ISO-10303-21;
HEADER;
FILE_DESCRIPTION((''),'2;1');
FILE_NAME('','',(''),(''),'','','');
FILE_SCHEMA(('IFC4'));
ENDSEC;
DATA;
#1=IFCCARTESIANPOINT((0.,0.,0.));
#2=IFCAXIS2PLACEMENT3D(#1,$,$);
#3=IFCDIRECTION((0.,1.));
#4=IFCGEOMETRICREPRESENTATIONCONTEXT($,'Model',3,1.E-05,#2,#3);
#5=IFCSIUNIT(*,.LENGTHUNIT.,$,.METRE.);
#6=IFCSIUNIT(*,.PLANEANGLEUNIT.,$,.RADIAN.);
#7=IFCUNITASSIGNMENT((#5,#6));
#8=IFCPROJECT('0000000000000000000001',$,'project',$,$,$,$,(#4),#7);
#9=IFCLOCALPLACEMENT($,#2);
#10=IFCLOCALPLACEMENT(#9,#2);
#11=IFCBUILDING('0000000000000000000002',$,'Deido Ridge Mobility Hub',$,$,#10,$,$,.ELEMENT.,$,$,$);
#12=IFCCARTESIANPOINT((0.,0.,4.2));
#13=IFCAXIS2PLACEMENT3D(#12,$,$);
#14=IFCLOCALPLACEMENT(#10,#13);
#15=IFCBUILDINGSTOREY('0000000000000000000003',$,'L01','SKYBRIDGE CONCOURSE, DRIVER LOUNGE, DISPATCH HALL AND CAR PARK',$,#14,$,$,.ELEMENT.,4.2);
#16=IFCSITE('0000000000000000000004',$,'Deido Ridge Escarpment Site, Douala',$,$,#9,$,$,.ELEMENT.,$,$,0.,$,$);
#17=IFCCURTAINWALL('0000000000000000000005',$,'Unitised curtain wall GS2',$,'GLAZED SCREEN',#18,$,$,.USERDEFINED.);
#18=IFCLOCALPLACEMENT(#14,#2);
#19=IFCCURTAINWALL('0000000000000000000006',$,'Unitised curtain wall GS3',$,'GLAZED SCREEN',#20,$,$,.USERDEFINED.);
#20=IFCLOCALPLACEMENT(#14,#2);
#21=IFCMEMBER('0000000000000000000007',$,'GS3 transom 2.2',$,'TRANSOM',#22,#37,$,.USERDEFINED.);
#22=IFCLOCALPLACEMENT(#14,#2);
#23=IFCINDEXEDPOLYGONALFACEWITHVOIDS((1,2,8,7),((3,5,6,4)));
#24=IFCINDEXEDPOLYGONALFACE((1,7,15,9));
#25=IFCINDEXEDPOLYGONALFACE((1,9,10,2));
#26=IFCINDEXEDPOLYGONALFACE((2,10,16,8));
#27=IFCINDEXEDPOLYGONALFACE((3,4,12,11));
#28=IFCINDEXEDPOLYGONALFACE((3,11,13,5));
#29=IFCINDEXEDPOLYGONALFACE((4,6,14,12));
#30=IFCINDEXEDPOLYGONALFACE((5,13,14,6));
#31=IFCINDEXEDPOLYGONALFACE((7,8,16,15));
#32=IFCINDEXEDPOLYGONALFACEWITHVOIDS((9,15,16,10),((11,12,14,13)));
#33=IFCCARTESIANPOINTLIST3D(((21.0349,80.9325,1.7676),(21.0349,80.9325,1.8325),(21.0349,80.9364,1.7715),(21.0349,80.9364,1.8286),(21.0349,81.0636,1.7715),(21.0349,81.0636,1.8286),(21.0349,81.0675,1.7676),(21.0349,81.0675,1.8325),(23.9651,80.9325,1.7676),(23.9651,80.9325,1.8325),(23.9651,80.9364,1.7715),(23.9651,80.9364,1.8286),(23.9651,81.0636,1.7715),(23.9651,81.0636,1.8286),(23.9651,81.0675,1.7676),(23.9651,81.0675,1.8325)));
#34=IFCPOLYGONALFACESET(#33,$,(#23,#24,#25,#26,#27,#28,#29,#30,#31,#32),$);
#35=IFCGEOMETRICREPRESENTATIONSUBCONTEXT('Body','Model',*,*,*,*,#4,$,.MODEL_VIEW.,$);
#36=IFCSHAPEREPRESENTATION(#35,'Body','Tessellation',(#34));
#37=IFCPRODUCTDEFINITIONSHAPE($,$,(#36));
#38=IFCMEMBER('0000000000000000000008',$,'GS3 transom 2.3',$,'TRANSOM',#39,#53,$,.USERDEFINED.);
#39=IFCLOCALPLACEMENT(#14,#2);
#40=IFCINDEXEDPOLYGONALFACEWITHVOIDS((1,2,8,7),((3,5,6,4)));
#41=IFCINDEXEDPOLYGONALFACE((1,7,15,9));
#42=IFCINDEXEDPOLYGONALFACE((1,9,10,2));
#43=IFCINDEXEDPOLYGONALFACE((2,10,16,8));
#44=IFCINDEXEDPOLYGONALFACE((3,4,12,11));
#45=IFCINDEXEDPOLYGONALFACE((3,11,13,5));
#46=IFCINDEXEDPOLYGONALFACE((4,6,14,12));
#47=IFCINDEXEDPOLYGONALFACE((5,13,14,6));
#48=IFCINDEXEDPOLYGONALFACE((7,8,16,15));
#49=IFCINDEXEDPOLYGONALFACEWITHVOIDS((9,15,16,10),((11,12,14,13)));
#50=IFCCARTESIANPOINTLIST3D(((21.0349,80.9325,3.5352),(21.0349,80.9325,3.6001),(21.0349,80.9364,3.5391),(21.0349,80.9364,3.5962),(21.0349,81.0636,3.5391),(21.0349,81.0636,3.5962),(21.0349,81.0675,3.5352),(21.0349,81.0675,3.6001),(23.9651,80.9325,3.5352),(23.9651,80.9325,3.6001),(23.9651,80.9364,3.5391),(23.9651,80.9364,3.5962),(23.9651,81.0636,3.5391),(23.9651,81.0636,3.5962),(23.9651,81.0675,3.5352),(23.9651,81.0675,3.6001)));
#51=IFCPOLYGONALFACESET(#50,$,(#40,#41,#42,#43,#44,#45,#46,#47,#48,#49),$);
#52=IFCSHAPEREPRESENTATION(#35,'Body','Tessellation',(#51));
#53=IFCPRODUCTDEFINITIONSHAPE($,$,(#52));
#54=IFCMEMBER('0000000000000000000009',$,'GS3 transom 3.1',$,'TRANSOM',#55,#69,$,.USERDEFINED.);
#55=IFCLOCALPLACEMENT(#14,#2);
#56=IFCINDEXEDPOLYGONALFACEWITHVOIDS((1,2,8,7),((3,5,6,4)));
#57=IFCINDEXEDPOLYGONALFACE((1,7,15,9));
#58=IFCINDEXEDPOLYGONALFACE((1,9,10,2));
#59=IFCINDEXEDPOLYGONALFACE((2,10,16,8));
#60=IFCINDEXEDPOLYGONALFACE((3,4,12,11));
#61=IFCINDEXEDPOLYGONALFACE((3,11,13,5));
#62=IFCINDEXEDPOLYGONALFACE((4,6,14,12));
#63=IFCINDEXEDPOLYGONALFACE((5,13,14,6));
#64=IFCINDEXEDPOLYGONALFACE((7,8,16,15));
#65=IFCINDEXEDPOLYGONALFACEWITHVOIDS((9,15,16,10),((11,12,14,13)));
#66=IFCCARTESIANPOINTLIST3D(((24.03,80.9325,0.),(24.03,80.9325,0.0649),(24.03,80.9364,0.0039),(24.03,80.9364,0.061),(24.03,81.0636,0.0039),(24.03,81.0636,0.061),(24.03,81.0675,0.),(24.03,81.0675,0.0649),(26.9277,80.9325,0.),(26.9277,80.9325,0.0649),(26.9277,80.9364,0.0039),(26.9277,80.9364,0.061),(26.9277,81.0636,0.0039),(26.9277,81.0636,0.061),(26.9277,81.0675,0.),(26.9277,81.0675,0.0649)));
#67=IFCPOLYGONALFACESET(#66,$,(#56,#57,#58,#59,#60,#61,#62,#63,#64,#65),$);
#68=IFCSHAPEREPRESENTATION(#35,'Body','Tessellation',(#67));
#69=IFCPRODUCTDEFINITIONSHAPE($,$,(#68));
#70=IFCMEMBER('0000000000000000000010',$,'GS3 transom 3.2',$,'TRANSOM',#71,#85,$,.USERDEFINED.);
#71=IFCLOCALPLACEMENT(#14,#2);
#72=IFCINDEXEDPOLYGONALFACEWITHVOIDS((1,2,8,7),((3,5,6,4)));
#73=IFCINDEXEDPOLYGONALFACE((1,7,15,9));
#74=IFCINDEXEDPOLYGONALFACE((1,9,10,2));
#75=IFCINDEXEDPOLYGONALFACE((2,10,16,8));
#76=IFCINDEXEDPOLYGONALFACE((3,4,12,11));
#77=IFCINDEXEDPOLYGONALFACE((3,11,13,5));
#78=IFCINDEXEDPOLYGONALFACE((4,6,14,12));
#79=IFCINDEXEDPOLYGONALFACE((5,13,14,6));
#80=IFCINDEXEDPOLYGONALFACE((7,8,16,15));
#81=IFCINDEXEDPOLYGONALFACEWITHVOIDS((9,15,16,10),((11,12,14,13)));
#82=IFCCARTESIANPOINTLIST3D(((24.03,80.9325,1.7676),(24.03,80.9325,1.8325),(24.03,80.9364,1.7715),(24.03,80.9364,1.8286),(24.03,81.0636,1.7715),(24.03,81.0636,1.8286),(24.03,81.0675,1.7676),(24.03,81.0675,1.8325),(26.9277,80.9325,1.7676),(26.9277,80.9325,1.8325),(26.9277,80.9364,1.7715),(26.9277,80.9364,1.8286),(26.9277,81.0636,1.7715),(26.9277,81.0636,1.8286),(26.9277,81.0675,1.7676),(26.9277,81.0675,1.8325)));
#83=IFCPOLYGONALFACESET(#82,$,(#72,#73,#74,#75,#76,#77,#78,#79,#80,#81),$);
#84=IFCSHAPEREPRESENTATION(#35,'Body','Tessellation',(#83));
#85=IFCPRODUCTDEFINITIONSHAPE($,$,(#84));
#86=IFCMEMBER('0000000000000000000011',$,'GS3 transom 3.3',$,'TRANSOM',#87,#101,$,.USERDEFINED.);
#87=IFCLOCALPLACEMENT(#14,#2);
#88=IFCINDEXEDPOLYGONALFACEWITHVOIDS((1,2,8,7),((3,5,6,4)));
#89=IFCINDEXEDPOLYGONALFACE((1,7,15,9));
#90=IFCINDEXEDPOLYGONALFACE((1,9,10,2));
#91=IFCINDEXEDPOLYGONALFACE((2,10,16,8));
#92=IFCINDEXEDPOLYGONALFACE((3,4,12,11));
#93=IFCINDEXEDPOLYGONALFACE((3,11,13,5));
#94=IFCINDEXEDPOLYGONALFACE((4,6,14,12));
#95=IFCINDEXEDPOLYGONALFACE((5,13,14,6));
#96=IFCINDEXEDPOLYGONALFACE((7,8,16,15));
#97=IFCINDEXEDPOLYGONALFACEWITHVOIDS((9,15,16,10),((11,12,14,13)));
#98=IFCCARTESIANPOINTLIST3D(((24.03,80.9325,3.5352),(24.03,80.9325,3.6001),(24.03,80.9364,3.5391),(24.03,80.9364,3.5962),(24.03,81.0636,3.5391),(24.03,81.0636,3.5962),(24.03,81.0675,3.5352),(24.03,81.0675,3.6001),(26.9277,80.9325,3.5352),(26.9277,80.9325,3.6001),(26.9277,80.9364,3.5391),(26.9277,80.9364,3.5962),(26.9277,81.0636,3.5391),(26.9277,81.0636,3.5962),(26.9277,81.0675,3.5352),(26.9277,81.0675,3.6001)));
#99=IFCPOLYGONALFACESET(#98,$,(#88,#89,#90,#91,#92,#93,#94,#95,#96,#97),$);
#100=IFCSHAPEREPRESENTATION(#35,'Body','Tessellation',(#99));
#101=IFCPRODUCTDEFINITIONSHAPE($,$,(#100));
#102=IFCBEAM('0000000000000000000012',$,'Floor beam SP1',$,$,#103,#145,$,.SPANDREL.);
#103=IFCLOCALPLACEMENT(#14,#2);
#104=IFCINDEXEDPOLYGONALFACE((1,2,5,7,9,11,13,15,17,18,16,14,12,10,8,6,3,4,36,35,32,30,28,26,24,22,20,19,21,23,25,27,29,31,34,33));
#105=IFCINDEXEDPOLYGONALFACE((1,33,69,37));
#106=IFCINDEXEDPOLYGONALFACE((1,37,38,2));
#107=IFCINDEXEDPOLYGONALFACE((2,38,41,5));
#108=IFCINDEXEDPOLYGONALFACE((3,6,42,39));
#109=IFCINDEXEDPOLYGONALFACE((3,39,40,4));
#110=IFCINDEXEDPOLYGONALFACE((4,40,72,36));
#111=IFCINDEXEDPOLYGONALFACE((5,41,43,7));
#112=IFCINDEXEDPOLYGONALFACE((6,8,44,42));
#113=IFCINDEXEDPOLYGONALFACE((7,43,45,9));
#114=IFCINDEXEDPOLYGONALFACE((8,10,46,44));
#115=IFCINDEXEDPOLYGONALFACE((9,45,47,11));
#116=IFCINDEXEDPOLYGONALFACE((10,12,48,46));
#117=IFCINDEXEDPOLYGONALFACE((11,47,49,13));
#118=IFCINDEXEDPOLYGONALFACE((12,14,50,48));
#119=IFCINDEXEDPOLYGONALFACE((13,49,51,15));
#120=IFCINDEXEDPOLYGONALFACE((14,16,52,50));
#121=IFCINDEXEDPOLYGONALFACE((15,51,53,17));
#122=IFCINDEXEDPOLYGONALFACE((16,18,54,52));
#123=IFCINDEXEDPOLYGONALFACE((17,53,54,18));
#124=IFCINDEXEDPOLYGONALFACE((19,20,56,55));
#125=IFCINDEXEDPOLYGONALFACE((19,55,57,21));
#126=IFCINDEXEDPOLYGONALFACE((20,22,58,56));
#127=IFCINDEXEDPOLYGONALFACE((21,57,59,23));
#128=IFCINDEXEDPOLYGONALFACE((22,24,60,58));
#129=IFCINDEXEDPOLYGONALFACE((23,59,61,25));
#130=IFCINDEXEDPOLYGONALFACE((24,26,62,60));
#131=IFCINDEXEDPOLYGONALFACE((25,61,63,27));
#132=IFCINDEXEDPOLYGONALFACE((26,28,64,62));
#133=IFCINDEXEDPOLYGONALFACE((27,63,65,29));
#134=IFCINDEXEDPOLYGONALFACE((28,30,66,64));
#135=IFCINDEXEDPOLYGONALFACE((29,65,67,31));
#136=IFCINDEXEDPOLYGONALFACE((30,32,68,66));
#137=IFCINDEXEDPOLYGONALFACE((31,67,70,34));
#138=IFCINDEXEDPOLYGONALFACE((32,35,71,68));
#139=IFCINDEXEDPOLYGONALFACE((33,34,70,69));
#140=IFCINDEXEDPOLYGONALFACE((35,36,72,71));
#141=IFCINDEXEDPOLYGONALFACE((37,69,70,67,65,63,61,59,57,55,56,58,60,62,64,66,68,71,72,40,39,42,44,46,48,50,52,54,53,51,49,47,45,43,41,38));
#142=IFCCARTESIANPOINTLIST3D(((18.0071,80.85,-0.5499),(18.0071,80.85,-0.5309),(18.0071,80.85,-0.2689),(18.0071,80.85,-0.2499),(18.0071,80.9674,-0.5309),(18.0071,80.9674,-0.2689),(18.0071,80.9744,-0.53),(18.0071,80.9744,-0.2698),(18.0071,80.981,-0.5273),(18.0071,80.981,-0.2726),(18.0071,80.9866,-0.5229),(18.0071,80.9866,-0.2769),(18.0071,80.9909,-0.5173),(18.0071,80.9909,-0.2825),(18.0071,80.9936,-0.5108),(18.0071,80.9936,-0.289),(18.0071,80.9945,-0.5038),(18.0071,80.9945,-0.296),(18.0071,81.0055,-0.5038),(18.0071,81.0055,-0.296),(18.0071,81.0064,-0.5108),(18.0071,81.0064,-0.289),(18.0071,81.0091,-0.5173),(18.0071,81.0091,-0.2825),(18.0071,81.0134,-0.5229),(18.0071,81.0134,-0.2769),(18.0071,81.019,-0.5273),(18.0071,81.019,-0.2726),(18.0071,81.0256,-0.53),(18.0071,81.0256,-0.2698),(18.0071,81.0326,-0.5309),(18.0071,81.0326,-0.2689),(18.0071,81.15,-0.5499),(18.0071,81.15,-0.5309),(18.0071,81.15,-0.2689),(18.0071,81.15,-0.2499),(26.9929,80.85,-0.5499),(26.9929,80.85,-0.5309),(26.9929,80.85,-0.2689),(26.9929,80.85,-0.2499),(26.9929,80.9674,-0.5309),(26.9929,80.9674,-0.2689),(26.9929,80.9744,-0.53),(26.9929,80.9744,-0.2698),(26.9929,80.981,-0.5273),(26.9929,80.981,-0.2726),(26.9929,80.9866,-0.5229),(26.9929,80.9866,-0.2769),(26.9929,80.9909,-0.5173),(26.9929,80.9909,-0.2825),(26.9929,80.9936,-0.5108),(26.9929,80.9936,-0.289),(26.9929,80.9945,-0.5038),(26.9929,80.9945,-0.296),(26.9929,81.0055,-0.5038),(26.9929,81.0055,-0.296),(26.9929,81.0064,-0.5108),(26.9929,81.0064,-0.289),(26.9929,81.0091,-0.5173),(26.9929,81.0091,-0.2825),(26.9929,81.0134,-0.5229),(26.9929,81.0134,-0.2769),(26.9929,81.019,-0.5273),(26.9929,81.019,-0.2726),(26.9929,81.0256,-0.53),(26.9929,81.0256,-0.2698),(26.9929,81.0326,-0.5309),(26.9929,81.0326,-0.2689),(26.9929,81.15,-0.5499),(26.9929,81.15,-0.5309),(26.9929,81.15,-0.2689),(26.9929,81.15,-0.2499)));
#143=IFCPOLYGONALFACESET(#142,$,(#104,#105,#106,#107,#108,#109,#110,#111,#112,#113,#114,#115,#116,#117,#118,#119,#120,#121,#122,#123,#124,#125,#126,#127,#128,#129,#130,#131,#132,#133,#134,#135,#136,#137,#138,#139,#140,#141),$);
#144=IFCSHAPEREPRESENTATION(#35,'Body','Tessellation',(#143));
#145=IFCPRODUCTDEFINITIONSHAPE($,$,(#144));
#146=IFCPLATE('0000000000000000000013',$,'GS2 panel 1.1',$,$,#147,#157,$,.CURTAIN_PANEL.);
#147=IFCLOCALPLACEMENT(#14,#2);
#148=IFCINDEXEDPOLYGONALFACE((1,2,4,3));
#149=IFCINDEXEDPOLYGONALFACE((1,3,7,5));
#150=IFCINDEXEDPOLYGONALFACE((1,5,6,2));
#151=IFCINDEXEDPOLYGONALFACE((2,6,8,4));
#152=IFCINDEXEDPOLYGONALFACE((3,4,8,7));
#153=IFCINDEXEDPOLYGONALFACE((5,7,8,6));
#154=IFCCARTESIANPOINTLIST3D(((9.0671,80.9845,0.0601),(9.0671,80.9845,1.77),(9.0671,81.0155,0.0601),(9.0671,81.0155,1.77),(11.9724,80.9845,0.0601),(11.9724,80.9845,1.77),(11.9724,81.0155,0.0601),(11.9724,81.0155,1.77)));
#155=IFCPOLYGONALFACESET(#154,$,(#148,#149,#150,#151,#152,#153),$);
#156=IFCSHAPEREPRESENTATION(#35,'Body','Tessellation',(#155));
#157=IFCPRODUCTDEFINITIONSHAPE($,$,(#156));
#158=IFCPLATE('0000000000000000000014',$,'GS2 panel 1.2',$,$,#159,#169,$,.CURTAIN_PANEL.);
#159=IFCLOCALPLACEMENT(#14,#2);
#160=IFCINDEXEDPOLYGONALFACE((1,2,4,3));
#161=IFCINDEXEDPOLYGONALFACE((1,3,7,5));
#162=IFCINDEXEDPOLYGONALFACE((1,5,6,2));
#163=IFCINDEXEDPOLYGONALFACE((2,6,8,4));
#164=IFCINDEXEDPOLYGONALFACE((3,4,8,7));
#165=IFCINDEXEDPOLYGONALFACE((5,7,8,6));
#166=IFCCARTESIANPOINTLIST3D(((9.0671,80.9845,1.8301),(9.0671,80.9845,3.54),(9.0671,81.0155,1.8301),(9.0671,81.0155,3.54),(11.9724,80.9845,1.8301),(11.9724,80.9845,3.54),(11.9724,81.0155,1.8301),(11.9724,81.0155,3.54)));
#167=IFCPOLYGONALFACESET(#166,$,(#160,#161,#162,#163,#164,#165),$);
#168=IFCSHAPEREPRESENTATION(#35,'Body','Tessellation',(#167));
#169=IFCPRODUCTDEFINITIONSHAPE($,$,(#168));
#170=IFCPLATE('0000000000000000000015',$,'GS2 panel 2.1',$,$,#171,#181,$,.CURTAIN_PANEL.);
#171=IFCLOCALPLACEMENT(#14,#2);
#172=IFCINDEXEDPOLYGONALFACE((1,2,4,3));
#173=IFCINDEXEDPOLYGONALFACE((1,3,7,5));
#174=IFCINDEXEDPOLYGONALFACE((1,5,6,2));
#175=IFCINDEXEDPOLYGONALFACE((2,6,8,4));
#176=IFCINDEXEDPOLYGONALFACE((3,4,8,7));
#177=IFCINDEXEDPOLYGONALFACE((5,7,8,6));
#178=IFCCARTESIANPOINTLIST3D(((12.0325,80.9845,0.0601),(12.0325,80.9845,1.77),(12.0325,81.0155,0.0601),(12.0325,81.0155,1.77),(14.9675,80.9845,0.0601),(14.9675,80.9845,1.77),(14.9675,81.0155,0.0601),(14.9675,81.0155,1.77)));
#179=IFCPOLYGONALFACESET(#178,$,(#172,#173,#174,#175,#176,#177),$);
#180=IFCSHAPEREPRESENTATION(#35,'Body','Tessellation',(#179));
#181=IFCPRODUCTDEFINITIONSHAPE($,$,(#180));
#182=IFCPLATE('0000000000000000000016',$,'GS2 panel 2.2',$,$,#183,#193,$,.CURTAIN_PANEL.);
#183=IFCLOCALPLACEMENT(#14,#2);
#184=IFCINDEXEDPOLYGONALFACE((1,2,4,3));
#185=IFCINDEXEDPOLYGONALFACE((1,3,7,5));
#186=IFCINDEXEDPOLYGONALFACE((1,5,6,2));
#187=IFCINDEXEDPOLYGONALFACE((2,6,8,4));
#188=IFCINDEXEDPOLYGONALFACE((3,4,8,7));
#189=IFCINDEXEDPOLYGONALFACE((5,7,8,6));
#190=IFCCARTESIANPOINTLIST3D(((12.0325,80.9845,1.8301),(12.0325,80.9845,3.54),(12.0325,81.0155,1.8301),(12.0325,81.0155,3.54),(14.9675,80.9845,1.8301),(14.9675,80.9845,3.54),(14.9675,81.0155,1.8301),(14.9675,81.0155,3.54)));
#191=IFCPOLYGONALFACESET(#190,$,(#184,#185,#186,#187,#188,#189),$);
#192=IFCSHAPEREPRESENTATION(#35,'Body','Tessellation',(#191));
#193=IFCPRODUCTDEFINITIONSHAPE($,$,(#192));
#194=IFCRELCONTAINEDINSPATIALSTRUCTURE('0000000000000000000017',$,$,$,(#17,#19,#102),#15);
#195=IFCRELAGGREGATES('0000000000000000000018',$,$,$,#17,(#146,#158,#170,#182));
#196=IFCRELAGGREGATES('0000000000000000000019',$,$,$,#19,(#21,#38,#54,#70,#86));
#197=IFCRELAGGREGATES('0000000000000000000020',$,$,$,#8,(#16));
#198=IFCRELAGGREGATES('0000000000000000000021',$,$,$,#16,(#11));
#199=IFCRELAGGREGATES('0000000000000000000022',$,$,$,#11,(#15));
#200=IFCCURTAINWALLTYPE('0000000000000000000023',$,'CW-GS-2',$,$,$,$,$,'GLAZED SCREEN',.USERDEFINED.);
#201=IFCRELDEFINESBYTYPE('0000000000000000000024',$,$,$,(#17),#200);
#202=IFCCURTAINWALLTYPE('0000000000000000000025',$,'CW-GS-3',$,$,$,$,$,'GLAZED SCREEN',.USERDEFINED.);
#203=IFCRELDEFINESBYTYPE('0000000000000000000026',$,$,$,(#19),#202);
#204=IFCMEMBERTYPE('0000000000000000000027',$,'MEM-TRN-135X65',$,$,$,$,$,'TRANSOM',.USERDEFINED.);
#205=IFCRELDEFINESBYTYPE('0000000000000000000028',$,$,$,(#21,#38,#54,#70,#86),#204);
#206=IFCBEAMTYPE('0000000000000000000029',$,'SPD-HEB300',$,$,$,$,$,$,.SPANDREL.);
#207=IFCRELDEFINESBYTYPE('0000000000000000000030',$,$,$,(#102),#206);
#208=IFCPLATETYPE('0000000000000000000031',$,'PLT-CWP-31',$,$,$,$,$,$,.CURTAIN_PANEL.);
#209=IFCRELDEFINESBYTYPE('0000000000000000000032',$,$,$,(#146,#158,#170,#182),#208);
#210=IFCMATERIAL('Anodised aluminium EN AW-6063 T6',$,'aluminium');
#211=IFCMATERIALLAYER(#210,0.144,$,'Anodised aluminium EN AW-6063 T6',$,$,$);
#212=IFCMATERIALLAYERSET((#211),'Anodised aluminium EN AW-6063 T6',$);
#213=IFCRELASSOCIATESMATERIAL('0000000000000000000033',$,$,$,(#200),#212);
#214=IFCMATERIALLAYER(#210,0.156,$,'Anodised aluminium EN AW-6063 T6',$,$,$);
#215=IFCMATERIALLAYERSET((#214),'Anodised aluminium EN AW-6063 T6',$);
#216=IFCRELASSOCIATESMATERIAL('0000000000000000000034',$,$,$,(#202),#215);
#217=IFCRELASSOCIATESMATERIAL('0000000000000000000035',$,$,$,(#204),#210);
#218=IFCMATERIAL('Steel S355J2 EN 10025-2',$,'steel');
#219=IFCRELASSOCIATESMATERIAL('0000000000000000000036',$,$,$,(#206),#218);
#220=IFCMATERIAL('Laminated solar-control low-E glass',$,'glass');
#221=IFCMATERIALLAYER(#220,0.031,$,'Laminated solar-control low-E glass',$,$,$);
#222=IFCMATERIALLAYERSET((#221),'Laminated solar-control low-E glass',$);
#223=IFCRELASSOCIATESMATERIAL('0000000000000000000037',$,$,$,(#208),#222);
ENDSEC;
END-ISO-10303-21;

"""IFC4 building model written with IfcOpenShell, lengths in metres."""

from ifc_helpers import new_model, si_unit, direction, frame, origin, origin_2d, place, context, subcontext, project, spatial, rectangle, hollow_rectangle, i_section, extrude, material, layer, layer_set, material_profile, profile_set, type_object, element, aggregate, save


model = new_model("IFC4")

# Units and contexts
model_context = context("Model", 3, precision=1e-05, world=origin(), true_north=direction((0.0, 1.0)))
body_context = subcontext(model_context, "Body", "Model", "MODEL_VIEW")
ifc_project = project(units=[si_unit("LENGTHUNIT", "METRE"), si_unit("PLANEANGLEUNIT", "RADIAN")], contexts=[model_context])

# Site, building, storey
site_placement = place(None, origin())
site = spatial("IfcSite", under=ifc_project, at=site_placement, Name="Deido Ridge Escarpment Site, Douala", CompositionType="ELEMENT", RefElevation=0.0)
building_placement = place(site_placement, origin())
building = spatial("IfcBuilding", under=site, at=building_placement, Name="Deido Ridge Mobility Hub", CompositionType="ELEMENT")
storey_placement = place(building_placement, frame((0.0, 0.0, 4.2)))
storey = spatial("IfcBuildingStorey", under=building, at=storey_placement, Name="L01", Description="SKYBRIDGE CONCOURSE, DRIVER LOUNGE, DISPATCH HALL AND CAR PARK", CompositionType="ELEMENT", Elevation=4.2)

# Shared definitions
ifc_material_1 = material(Name="Steel S355J2 EN 10025-2", Category="steel")

# Curtain walls
ifc_material_2 = material(Name="Anodised aluminium EN AW-6063 T6", Category="aluminium")
ifc_layer_1 = layer(ifc_material_2, 0.144, Name="Anodised aluminium EN AW-6063 T6")
ifc_layer_set_1 = layer_set([ifc_layer_1], Name="Anodised aluminium EN AW-6063 T6")
curtain_wall_type_1 = type_object("IfcCurtainWallType", Name="CW-GS-2", ElementType="GLAZED SCREEN", PredefinedType="USERDEFINED", material=ifc_layer_set_1)
curtain_wall_1_placement = place(storey_placement, origin())
curtain_wall_1 = element("IfcCurtainWall", 1, at=curtain_wall_1_placement, inside=storey, type_object=curtain_wall_type_1, Name="Unitised curtain wall GS2", ObjectType="GLAZED SCREEN", PredefinedType="USERDEFINED")
ifc_layer_2 = layer(ifc_material_2, 0.156, Name="Anodised aluminium EN AW-6063 T6")
ifc_layer_set_2 = layer_set([ifc_layer_2], Name="Anodised aluminium EN AW-6063 T6")
curtain_wall_type_2 = type_object("IfcCurtainWallType", Name="CW-GS-3", ElementType="GLAZED SCREEN", PredefinedType="USERDEFINED", material=ifc_layer_set_2)
curtain_wall_2_placement = place(storey_placement, origin())
curtain_wall_2 = element("IfcCurtainWall", 2, at=curtain_wall_2_placement, inside=storey, type_object=curtain_wall_type_2, Name="Unitised curtain wall GS3", ObjectType="GLAZED SCREEN", PredefinedType="USERDEFINED")

# Members
ifc_material_profile_1 = material_profile(ifc_material_2, hollow_rectangle(XDim=0.135, YDim=0.0649, WallThickness=0.0039, at=origin_2d()), Name="RHS 135x65x4")
ifc_profile_set_1 = profile_set([ifc_material_profile_1], Name="Anodised aluminium EN AW-6063 T6")
member_type_1 = type_object("IfcMemberType", Name="MEM-TRN-135X65", ElementType="TRANSOM", PredefinedType="USERDEFINED", material=ifc_profile_set_1)
member_1_placement = place(storey_placement, frame((21.0349, 81.0, 1.8), z_axis=(1.0, 0.0, 0.0), x_axis=(0.0, 1.0, 0.0)))
member_1 = element("IfcMember", 3, at=member_1_placement, type_object=member_type_1, Name="GS3 transom 2.2", ObjectType="TRANSOM", PredefinedType="USERDEFINED", context=body_context, shape_type="SweptSolid", body=[
    extrude(hollow_rectangle(XDim=0.135, YDim=0.0649, WallThickness=0.0039, at=origin_2d()), origin(), (0.0, 0.0, 1.0), 2.9302),
])
member_2_placement = place(storey_placement, frame((21.0349, 81.0, 3.5676), z_axis=(1.0, 0.0, 0.0), x_axis=(0.0, 1.0, 0.0)))
member_2 = element("IfcMember", 4, at=member_2_placement, type_object=member_type_1, Name="GS3 transom 2.3", ObjectType="TRANSOM", PredefinedType="USERDEFINED", context=body_context, shape_type="SweptSolid", body=[
    extrude(hollow_rectangle(XDim=0.135, YDim=0.0649, WallThickness=0.0039, at=origin_2d()), origin(), (0.0, 0.0, 1.0), 2.9302),
])
member_3_placement = place(storey_placement, frame((24.03, 81.0, 0.0325), z_axis=(1.0, 0.0, 0.0), x_axis=(0.0, 1.0, 0.0)))
member_3 = element("IfcMember", 5, at=member_3_placement, type_object=member_type_1, Name="GS3 transom 3.1", ObjectType="TRANSOM", PredefinedType="USERDEFINED", context=body_context, shape_type="SweptSolid", body=[
    extrude(hollow_rectangle(XDim=0.135, YDim=0.0649, WallThickness=0.0039, at=origin_2d()), origin(), (0.0, 0.0, 1.0), 2.8977),
])
member_4_placement = place(storey_placement, frame((24.03, 81.0, 1.8), z_axis=(1.0, 0.0, 0.0), x_axis=(0.0, 1.0, 0.0)))
member_4 = element("IfcMember", 6, at=member_4_placement, type_object=member_type_1, Name="GS3 transom 3.2", ObjectType="TRANSOM", PredefinedType="USERDEFINED", context=body_context, shape_type="SweptSolid", body=[
    extrude(hollow_rectangle(XDim=0.135, YDim=0.0649, WallThickness=0.0039, at=origin_2d()), origin(), (0.0, 0.0, 1.0), 2.8977),
])
member_5_placement = place(storey_placement, frame((24.03, 81.0, 3.5676), z_axis=(1.0, 0.0, 0.0), x_axis=(0.0, 1.0, 0.0)))
member_5 = element("IfcMember", 7, at=member_5_placement, type_object=member_type_1, Name="GS3 transom 3.3", ObjectType="TRANSOM", PredefinedType="USERDEFINED", context=body_context, shape_type="SweptSolid", body=[
    extrude(hollow_rectangle(XDim=0.135, YDim=0.0649, WallThickness=0.0039, at=origin_2d()), origin(), (0.0, 0.0, 1.0), 2.8977),
])

# Beam
ifc_material_profile_2 = material_profile(ifc_material_1, i_section(OverallWidth=0.3, OverallDepth=0.3, WebThickness=0.011, FlangeThickness=0.019, FilletRadius=0.0271, at=origin_2d()), Name="HEB 300")
ifc_profile_set_2 = profile_set([ifc_material_profile_2], Name="Steel S355J2 EN 10025-2")
beam_type = type_object("IfcBeamType", Name="SPD-HEB300", PredefinedType="SPANDREL", material=ifc_profile_set_2)
beam_placement = place(storey_placement, frame((18.0071, 81.0, -0.3999), z_axis=(1.0, 0.0, 0.0), x_axis=(0.0, 1.0, 0.0)))
element("IfcBeam", 8, at=beam_placement, inside=storey, type_object=beam_type, Name="Floor beam SP1", PredefinedType="SPANDREL", context=body_context, shape_type="SweptSolid", body=[
    extrude(i_section(OverallWidth=0.3, OverallDepth=0.3, WebThickness=0.011, FlangeThickness=0.019, FilletRadius=0.0271, at=origin_2d()), origin(), (0.0, 0.0, 1.0), 8.9858),
])

# Plates
ifc_material_3 = material(Name="Laminated solar-control low-E glass", Category="glass")
ifc_layer_3 = layer(ifc_material_3, 0.031, Name="Laminated solar-control low-E glass")
ifc_layer_set_3 = layer_set([ifc_layer_3], Name="Laminated solar-control low-E glass")
plate_type_1 = type_object("IfcPlateType", Name="PLT-CWP-31", PredefinedType="CURTAIN_PANEL", material=ifc_layer_set_3)
plate_1_placement = place(storey_placement, frame((10.5198, 81.0, 0.0601), z_axis=(0.0, 0.0, 1.0), x_axis=(1.0, 0.0, 0.0)))
plate_1 = element("IfcPlate", 9, at=plate_1_placement, type_object=plate_type_1, Name="GS2 panel 1.1", PredefinedType="CURTAIN_PANEL", context=body_context, shape_type="SweptSolid", body=[
    extrude(rectangle(XDim=2.9053, YDim=0.031, at=origin_2d()), origin(), (0.0, 0.0, 1.0), 1.71),
])
plate_2_placement = place(storey_placement, frame((10.5198, 81.0, 1.8301), z_axis=(0.0, 0.0, 1.0), x_axis=(1.0, 0.0, 0.0)))
plate_2 = element("IfcPlate", 10, at=plate_2_placement, type_object=plate_type_1, Name="GS2 panel 1.2", PredefinedType="CURTAIN_PANEL", context=body_context, shape_type="SweptSolid", body=[
    extrude(rectangle(XDim=2.9053, YDim=0.031, at=origin_2d()), origin(), (0.0, 0.0, 1.0), 1.71),
])
plate_3_placement = place(storey_placement, frame((13.5, 81.0, 0.0601), z_axis=(0.0, 0.0, 1.0), x_axis=(1.0, 0.0, 0.0)))
plate_3 = element("IfcPlate", 11, at=plate_3_placement, type_object=plate_type_1, Name="GS2 panel 2.1", PredefinedType="CURTAIN_PANEL", context=body_context, shape_type="SweptSolid", body=[
    extrude(rectangle(XDim=2.9351, YDim=0.031, at=origin_2d()), origin(), (0.0, 0.0, 1.0), 1.71),
])
plate_4_placement = place(storey_placement, frame((13.5, 81.0, 1.8301), z_axis=(0.0, 0.0, 1.0), x_axis=(1.0, 0.0, 0.0)))
plate_4 = element("IfcPlate", 12, at=plate_4_placement, type_object=plate_type_1, Name="GS2 panel 2.2", PredefinedType="CURTAIN_PANEL", context=body_context, shape_type="SweptSolid", body=[
    extrude(rectangle(XDim=2.9351, YDim=0.031, at=origin_2d()), origin(), (0.0, 0.0, 1.0), 1.71),
])
aggregate(curtain_wall_1, [plate_1, plate_2, plate_3, plate_4])
aggregate(curtain_wall_2, [member_1, member_2, member_3, member_4, member_5])

save(model, "model.ifc")
